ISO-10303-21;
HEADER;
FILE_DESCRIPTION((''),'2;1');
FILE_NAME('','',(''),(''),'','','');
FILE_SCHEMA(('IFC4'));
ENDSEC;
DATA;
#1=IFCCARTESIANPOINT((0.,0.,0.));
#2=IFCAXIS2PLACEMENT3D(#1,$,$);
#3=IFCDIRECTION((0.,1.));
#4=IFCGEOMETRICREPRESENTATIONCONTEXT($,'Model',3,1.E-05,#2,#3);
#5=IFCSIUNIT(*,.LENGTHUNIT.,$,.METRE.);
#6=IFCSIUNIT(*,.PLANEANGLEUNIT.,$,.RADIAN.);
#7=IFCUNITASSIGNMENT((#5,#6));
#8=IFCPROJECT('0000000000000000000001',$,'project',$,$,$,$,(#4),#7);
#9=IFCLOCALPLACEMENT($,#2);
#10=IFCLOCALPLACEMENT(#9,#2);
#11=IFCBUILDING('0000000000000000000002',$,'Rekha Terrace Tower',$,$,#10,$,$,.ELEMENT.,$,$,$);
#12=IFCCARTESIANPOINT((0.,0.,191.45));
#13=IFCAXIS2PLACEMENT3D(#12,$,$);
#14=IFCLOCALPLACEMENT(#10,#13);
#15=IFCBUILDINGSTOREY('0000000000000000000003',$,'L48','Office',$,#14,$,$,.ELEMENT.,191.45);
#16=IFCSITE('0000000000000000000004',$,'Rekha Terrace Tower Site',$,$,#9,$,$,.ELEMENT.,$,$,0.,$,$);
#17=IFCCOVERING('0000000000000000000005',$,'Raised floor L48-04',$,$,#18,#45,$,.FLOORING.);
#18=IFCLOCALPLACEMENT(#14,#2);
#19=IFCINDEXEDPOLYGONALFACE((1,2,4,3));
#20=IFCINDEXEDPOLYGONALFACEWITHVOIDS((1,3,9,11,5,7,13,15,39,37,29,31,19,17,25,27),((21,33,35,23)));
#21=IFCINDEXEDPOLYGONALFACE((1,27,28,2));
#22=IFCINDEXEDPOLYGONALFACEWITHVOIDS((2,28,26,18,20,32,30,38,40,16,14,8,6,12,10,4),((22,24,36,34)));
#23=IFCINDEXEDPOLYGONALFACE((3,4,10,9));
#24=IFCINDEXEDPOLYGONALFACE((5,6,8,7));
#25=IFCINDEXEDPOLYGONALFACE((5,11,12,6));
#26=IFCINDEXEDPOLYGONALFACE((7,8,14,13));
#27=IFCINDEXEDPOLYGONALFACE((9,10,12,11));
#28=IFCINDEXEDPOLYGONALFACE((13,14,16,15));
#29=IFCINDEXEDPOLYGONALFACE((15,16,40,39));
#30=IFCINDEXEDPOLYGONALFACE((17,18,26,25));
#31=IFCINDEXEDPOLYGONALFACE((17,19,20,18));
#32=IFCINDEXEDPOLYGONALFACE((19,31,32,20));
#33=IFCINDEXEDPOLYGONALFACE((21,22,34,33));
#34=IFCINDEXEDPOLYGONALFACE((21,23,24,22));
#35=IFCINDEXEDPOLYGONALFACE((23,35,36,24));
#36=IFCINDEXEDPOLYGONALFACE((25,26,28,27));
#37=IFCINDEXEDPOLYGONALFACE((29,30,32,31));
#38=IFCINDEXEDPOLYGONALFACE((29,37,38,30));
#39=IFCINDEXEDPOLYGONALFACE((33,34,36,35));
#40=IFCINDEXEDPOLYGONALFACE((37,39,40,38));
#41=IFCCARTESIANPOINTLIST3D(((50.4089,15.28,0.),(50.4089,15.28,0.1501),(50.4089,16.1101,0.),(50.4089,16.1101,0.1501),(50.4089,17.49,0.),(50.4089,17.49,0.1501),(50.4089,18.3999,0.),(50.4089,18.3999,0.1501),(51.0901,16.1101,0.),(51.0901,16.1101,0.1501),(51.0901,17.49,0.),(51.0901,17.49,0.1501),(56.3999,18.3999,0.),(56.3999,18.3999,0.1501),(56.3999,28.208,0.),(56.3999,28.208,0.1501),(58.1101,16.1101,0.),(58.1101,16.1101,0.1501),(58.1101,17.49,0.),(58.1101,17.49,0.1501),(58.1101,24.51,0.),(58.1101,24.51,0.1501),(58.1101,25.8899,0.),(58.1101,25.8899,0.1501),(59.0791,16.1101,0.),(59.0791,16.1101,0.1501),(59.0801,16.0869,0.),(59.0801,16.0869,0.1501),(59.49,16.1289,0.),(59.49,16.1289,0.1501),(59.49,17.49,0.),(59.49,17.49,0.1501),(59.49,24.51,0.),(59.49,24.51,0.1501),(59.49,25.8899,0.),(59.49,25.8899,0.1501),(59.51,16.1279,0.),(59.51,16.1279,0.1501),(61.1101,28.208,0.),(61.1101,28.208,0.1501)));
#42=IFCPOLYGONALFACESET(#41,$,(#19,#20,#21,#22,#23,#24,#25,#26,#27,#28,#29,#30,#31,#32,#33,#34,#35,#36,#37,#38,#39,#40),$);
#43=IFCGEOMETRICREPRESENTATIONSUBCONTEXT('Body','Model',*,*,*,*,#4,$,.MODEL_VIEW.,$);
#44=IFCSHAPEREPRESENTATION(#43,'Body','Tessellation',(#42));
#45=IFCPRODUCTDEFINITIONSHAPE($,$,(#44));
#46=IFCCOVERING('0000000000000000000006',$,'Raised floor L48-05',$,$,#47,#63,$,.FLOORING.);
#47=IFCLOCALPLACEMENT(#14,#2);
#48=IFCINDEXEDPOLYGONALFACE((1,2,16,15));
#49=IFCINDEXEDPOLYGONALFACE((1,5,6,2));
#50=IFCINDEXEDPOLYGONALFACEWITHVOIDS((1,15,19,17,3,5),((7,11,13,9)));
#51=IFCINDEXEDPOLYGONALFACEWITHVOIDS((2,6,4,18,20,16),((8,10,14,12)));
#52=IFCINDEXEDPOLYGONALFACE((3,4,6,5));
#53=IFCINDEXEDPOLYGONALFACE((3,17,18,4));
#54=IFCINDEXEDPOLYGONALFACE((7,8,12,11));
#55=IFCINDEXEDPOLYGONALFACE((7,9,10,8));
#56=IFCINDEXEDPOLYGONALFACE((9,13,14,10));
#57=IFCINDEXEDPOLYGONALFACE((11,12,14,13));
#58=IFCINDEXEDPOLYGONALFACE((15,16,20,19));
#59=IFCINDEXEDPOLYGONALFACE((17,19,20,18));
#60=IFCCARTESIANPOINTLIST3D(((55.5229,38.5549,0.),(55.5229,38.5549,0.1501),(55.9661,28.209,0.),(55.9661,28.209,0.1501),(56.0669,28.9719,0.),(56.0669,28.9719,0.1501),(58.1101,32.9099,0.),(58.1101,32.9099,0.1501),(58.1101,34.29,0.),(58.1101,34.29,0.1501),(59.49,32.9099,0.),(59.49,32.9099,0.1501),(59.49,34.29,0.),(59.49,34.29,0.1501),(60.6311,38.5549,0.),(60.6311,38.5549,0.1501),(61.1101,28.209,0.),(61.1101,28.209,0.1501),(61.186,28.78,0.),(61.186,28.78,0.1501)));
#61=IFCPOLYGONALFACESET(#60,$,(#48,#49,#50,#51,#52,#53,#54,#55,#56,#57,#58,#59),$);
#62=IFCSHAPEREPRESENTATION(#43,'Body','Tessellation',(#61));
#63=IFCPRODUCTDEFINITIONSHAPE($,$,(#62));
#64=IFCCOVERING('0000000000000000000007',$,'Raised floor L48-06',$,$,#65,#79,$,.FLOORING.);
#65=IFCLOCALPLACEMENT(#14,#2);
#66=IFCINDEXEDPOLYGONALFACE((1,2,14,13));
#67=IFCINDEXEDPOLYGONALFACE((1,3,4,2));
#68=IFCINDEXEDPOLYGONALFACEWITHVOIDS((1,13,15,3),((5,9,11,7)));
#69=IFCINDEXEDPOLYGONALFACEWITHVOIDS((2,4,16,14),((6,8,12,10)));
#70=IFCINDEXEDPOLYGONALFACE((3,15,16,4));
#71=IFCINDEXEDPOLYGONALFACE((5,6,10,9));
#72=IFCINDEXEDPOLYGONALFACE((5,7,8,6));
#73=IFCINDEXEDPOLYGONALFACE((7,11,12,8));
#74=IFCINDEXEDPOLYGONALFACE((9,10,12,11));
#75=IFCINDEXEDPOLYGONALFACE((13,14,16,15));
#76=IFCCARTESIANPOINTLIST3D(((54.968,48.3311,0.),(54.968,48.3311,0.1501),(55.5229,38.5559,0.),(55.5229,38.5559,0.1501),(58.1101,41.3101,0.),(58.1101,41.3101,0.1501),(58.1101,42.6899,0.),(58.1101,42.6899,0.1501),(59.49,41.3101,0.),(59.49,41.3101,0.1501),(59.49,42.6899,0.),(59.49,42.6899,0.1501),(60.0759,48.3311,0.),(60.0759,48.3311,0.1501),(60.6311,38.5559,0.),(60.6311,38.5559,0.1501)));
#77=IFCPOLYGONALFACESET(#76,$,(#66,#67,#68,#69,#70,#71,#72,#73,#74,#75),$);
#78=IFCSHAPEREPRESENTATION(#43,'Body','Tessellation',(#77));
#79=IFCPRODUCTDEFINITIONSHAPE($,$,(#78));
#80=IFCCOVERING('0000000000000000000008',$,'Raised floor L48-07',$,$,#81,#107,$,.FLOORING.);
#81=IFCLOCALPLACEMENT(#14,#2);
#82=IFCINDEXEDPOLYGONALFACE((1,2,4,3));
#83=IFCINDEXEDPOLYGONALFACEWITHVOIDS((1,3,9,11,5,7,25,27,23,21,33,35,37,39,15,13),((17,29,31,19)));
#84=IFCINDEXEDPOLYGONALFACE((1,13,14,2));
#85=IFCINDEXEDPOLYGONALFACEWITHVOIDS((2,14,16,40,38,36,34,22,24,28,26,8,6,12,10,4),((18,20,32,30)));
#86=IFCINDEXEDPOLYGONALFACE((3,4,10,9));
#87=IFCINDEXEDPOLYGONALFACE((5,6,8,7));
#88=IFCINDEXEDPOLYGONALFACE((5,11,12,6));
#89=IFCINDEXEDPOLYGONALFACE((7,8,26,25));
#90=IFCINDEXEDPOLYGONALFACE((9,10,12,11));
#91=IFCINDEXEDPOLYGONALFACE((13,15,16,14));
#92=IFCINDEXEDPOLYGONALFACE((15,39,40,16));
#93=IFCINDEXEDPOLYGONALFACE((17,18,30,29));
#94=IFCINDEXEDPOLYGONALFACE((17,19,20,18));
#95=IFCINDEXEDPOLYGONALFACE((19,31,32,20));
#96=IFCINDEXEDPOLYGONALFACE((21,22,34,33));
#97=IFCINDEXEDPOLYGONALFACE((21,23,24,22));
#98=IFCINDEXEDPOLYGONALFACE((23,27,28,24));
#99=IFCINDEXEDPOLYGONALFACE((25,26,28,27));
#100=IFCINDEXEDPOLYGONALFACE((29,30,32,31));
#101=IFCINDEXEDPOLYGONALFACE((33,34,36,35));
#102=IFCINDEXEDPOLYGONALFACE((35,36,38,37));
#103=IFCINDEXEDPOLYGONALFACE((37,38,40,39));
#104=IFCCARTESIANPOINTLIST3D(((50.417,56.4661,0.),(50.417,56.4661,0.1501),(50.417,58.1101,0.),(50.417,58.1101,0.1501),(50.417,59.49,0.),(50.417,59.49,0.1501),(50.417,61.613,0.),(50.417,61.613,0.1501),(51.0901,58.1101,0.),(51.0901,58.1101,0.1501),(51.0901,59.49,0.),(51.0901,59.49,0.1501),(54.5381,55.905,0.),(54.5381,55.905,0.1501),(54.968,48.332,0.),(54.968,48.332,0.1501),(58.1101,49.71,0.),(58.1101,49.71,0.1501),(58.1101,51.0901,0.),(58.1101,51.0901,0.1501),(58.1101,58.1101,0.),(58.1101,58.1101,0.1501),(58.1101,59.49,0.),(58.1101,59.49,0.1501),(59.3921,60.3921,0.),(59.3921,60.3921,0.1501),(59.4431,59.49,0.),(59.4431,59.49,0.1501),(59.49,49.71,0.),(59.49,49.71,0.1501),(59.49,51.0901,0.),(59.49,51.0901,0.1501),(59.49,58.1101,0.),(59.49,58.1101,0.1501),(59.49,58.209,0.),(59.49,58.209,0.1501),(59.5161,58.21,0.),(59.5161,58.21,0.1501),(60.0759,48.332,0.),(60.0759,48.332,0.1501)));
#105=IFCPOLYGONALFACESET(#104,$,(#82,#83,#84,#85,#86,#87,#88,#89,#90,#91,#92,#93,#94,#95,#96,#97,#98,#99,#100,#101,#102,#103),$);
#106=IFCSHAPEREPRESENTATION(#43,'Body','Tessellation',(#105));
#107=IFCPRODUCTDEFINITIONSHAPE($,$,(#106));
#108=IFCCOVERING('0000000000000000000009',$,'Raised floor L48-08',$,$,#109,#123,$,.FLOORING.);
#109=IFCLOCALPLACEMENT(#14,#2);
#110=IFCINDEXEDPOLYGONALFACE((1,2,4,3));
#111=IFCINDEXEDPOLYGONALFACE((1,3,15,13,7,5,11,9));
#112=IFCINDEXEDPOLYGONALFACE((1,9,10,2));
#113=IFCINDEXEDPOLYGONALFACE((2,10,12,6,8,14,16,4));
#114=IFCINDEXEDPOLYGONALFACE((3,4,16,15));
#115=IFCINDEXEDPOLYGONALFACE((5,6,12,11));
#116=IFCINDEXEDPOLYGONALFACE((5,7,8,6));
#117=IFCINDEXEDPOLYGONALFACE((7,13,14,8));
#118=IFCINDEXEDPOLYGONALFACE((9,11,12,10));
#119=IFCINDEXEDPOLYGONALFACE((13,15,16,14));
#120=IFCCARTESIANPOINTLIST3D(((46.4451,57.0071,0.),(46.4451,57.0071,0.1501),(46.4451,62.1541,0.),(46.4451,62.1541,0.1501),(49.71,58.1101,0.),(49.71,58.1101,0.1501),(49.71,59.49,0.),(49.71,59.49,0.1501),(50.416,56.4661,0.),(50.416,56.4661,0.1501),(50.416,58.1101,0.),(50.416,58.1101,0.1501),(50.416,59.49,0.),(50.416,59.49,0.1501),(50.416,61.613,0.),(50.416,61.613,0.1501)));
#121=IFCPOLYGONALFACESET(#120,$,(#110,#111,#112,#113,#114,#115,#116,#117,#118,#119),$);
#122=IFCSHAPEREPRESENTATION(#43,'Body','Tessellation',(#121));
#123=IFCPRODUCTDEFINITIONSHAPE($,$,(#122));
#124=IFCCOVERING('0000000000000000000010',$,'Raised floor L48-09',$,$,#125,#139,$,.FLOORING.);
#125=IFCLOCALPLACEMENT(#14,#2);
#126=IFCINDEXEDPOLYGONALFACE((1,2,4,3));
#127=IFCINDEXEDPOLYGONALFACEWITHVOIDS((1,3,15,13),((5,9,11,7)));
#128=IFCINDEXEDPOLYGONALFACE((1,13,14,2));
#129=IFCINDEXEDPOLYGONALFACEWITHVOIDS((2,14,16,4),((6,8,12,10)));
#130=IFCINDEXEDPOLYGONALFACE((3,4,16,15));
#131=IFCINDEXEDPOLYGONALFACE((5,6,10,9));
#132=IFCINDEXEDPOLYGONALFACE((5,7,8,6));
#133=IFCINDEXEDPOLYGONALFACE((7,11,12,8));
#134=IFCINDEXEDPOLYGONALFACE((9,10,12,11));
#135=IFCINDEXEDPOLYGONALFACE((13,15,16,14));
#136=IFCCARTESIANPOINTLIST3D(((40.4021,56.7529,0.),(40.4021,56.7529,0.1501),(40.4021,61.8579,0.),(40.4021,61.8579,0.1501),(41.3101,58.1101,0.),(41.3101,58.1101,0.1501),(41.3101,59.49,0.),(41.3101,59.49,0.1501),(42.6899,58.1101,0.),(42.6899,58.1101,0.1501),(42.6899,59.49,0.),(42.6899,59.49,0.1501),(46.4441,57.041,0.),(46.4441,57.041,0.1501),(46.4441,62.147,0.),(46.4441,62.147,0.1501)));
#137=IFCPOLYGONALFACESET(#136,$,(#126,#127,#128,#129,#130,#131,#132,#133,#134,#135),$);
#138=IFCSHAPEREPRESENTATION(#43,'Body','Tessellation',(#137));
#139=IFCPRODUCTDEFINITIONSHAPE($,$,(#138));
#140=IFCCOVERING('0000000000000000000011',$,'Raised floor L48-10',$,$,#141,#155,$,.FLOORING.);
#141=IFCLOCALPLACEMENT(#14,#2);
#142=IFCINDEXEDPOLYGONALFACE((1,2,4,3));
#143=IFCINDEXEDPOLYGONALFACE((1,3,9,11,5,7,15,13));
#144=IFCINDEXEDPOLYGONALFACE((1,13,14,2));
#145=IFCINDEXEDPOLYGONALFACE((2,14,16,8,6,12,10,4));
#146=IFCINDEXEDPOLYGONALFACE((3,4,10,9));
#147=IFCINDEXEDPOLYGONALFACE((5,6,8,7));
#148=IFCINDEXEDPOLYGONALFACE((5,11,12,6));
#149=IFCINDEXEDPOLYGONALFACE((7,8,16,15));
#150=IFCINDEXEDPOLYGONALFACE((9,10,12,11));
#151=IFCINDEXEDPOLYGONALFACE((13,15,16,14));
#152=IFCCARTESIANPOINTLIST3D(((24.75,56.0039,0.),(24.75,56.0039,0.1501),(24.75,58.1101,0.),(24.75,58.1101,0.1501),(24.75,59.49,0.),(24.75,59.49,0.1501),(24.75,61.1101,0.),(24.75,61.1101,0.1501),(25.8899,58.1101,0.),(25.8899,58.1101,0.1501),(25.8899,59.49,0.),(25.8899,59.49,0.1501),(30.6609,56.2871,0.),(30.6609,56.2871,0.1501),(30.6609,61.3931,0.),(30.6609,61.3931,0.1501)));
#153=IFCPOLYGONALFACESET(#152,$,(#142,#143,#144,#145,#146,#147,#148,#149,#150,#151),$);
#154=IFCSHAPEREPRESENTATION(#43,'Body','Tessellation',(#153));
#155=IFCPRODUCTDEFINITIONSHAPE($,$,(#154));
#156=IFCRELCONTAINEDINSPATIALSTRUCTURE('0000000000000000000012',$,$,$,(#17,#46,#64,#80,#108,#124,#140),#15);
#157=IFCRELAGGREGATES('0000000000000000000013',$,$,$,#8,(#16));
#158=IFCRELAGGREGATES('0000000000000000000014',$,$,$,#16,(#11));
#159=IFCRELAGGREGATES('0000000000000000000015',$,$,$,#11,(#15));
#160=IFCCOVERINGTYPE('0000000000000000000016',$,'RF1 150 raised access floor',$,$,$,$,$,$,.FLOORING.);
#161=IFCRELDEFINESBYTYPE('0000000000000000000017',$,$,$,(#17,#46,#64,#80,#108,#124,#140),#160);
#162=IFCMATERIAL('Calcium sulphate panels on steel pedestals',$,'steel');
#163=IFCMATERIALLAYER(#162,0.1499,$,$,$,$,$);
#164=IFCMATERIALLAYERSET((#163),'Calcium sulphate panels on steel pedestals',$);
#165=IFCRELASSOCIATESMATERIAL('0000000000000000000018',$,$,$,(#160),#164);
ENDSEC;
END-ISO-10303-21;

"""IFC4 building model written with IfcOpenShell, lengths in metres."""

from ifc_helpers import new_model, si_unit, direction, frame, origin, place, context, subcontext, project, spatial, polyline, outline, extrude, material, layer, layer_set, type_object, element, save


model = new_model("IFC4")

# Units and contexts
model_context = context("Model", 3, precision=1e-05, world=origin(), true_north=direction((0.0, 1.0)))
body_context = subcontext(model_context, "Body", "Model", "MODEL_VIEW")
ifc_project = project(units=[si_unit("LENGTHUNIT", "METRE"), si_unit("PLANEANGLEUNIT", "RADIAN")], contexts=[model_context])

# Site, building, storey
site_placement = place(None, origin())
site = spatial("IfcSite", under=ifc_project, at=site_placement, Name="Rekha Terrace Tower Site", CompositionType="ELEMENT", RefElevation=0.0)
building_placement = place(site_placement, origin())
building = spatial("IfcBuilding", under=site, at=building_placement, Name="Rekha Terrace Tower", CompositionType="ELEMENT")
storey_placement = place(building_placement, frame((0.0, 0.0, 191.45)))
storey = spatial("IfcBuildingStorey", under=building, at=storey_placement, Name="L48", Description="Office", CompositionType="ELEMENT", Elevation=191.45)

# Coverings
ifc_material_1 = material(Name="Calcium sulphate panels on steel pedestals", Category="steel")
ifc_layer_1 = layer(ifc_material_1, 0.1499)
ifc_layer_set_1 = layer_set([ifc_layer_1], Name="Calcium sulphate panels on steel pedestals")
covering_type_1 = type_object("IfcCoveringType", Name="RF1 150 raised access floor", PredefinedType="FLOORING", material=ifc_layer_set_1)
covering_1_placement = place(storey_placement, origin())
element("IfcCovering", 1, at=covering_1_placement, inside=storey, type_object=covering_type_1, Name="Raised floor L48-04", PredefinedType="FLOORING", context=body_context, shape_type="SweptSolid", body=[
    extrude(outline(polyline([(59.49, 16.1289), (59.51, 16.1279), (61.1101, 28.208), (56.3999, 28.208), (56.3999, 18.3999), (50.4089, 18.3999), (50.4089, 17.49), (51.0901, 17.49), (51.0901, 16.1101), (50.4089, 16.1101), (50.4089, 15.28), (59.0801, 16.0869), (59.0791, 16.1101), (58.1101, 16.1101), (58.1101, 17.49), (59.49, 17.49), (59.49, 16.1289)]), holes=[polyline([(59.49, 24.51), (58.1101, 24.51), (58.1101, 25.8899), (59.49, 25.8899), (59.49, 24.51)])]), origin(), (0.0, 0.0, 1.0), 0.1501),
])
covering_2_placement = place(storey_placement, origin())
element("IfcCovering", 2, at=covering_2_placement, inside=storey, type_object=covering_type_1, Name="Raised floor L48-05", PredefinedType="FLOORING", context=body_context, shape_type="SweptSolid", body=[
    extrude(outline(polyline([(61.186, 28.78), (60.6311, 38.5549), (55.5229, 38.5549), (56.0669, 28.9719), (55.9661, 28.209), (61.1101, 28.209), (61.186, 28.78)]), holes=[polyline([(59.49, 34.29), (59.49, 32.9099), (58.1101, 32.9099), (58.1101, 34.29), (59.49, 34.29)])]), origin(), (0.0, 0.0, 1.0), 0.1501),
])
covering_3_placement = place(storey_placement, origin())
element("IfcCovering", 3, at=covering_3_placement, inside=storey, type_object=covering_type_1, Name="Raised floor L48-06", PredefinedType="FLOORING", context=body_context, shape_type="SweptSolid", body=[
    extrude(outline(polyline([(55.5229, 38.5559), (60.6311, 38.5559), (60.0759, 48.3311), (54.968, 48.3311), (55.5229, 38.5559)]), holes=[polyline([(59.49, 41.3101), (58.1101, 41.3101), (58.1101, 42.6899), (59.49, 42.6899), (59.49, 41.3101)])]), origin(), (0.0, 0.0, 1.0), 0.1501),
])
covering_4_placement = place(storey_placement, origin())
element("IfcCovering", 4, at=covering_4_placement, inside=storey, type_object=covering_type_1, Name="Raised floor L48-07", PredefinedType="FLOORING", context=body_context, shape_type="SweptSolid", body=[
    extrude(outline(polyline([(51.0901, 58.1101), (50.417, 58.1101), (50.417, 56.4661), (54.5381, 55.905), (54.968, 48.332), (60.0759, 48.332), (59.5161, 58.21), (59.49, 58.209), (59.49, 58.1101), (58.1101, 58.1101), (58.1101, 59.49), (59.4431, 59.49), (59.3921, 60.3921), (50.417, 61.613), (50.417, 59.49), (51.0901, 59.49), (51.0901, 58.1101)]), holes=[polyline([(59.49, 51.0901), (59.49, 49.71), (58.1101, 49.71), (58.1101, 51.0901), (59.49, 51.0901)])]), origin(), (0.0, 0.0, 1.0), 0.1501),
])
covering_5_placement = place(storey_placement, origin())
element("IfcCovering", 5, at=covering_5_placement, inside=storey, type_object=covering_type_1, Name="Raised floor L48-08", PredefinedType="FLOORING", context=body_context, shape_type="SweptSolid", body=[
    extrude(outline(polyline([(50.416, 59.49), (50.416, 61.613), (46.4451, 62.1541), (46.4451, 57.0071), (50.416, 56.4661), (50.416, 58.1101), (49.71, 58.1101), (49.71, 59.49), (50.416, 59.49)])), origin(), (0.0, 0.0, 1.0), 0.1501),
])
covering_6_placement = place(storey_placement, origin())
element("IfcCovering", 6, at=covering_6_placement, inside=storey, type_object=covering_type_1, Name="Raised floor L48-09", PredefinedType="FLOORING", context=body_context, shape_type="SweptSolid", body=[
    extrude(outline(polyline([(46.4441, 62.147), (40.4021, 61.8579), (40.4021, 56.7529), (46.4441, 57.041), (46.4441, 62.147)]), holes=[polyline([(42.6899, 59.49), (42.6899, 58.1101), (41.3101, 58.1101), (41.3101, 59.49), (42.6899, 59.49)])]), origin(), (0.0, 0.0, 1.0), 0.1501),
])
covering_7_placement = place(storey_placement, origin())
element("IfcCovering", 7, at=covering_7_placement, inside=storey, type_object=covering_type_1, Name="Raised floor L48-10", PredefinedType="FLOORING", context=body_context, shape_type="SweptSolid", body=[
    extrude(outline(polyline([(25.8899, 58.1101), (24.75, 58.1101), (24.75, 56.0039), (30.6609, 56.2871), (30.6609, 61.3931), (24.75, 61.1101), (24.75, 59.49), (25.8899, 59.49), (25.8899, 58.1101)])), origin(), (0.0, 0.0, 1.0), 0.1501),
])

save(model, "model.ifc")
